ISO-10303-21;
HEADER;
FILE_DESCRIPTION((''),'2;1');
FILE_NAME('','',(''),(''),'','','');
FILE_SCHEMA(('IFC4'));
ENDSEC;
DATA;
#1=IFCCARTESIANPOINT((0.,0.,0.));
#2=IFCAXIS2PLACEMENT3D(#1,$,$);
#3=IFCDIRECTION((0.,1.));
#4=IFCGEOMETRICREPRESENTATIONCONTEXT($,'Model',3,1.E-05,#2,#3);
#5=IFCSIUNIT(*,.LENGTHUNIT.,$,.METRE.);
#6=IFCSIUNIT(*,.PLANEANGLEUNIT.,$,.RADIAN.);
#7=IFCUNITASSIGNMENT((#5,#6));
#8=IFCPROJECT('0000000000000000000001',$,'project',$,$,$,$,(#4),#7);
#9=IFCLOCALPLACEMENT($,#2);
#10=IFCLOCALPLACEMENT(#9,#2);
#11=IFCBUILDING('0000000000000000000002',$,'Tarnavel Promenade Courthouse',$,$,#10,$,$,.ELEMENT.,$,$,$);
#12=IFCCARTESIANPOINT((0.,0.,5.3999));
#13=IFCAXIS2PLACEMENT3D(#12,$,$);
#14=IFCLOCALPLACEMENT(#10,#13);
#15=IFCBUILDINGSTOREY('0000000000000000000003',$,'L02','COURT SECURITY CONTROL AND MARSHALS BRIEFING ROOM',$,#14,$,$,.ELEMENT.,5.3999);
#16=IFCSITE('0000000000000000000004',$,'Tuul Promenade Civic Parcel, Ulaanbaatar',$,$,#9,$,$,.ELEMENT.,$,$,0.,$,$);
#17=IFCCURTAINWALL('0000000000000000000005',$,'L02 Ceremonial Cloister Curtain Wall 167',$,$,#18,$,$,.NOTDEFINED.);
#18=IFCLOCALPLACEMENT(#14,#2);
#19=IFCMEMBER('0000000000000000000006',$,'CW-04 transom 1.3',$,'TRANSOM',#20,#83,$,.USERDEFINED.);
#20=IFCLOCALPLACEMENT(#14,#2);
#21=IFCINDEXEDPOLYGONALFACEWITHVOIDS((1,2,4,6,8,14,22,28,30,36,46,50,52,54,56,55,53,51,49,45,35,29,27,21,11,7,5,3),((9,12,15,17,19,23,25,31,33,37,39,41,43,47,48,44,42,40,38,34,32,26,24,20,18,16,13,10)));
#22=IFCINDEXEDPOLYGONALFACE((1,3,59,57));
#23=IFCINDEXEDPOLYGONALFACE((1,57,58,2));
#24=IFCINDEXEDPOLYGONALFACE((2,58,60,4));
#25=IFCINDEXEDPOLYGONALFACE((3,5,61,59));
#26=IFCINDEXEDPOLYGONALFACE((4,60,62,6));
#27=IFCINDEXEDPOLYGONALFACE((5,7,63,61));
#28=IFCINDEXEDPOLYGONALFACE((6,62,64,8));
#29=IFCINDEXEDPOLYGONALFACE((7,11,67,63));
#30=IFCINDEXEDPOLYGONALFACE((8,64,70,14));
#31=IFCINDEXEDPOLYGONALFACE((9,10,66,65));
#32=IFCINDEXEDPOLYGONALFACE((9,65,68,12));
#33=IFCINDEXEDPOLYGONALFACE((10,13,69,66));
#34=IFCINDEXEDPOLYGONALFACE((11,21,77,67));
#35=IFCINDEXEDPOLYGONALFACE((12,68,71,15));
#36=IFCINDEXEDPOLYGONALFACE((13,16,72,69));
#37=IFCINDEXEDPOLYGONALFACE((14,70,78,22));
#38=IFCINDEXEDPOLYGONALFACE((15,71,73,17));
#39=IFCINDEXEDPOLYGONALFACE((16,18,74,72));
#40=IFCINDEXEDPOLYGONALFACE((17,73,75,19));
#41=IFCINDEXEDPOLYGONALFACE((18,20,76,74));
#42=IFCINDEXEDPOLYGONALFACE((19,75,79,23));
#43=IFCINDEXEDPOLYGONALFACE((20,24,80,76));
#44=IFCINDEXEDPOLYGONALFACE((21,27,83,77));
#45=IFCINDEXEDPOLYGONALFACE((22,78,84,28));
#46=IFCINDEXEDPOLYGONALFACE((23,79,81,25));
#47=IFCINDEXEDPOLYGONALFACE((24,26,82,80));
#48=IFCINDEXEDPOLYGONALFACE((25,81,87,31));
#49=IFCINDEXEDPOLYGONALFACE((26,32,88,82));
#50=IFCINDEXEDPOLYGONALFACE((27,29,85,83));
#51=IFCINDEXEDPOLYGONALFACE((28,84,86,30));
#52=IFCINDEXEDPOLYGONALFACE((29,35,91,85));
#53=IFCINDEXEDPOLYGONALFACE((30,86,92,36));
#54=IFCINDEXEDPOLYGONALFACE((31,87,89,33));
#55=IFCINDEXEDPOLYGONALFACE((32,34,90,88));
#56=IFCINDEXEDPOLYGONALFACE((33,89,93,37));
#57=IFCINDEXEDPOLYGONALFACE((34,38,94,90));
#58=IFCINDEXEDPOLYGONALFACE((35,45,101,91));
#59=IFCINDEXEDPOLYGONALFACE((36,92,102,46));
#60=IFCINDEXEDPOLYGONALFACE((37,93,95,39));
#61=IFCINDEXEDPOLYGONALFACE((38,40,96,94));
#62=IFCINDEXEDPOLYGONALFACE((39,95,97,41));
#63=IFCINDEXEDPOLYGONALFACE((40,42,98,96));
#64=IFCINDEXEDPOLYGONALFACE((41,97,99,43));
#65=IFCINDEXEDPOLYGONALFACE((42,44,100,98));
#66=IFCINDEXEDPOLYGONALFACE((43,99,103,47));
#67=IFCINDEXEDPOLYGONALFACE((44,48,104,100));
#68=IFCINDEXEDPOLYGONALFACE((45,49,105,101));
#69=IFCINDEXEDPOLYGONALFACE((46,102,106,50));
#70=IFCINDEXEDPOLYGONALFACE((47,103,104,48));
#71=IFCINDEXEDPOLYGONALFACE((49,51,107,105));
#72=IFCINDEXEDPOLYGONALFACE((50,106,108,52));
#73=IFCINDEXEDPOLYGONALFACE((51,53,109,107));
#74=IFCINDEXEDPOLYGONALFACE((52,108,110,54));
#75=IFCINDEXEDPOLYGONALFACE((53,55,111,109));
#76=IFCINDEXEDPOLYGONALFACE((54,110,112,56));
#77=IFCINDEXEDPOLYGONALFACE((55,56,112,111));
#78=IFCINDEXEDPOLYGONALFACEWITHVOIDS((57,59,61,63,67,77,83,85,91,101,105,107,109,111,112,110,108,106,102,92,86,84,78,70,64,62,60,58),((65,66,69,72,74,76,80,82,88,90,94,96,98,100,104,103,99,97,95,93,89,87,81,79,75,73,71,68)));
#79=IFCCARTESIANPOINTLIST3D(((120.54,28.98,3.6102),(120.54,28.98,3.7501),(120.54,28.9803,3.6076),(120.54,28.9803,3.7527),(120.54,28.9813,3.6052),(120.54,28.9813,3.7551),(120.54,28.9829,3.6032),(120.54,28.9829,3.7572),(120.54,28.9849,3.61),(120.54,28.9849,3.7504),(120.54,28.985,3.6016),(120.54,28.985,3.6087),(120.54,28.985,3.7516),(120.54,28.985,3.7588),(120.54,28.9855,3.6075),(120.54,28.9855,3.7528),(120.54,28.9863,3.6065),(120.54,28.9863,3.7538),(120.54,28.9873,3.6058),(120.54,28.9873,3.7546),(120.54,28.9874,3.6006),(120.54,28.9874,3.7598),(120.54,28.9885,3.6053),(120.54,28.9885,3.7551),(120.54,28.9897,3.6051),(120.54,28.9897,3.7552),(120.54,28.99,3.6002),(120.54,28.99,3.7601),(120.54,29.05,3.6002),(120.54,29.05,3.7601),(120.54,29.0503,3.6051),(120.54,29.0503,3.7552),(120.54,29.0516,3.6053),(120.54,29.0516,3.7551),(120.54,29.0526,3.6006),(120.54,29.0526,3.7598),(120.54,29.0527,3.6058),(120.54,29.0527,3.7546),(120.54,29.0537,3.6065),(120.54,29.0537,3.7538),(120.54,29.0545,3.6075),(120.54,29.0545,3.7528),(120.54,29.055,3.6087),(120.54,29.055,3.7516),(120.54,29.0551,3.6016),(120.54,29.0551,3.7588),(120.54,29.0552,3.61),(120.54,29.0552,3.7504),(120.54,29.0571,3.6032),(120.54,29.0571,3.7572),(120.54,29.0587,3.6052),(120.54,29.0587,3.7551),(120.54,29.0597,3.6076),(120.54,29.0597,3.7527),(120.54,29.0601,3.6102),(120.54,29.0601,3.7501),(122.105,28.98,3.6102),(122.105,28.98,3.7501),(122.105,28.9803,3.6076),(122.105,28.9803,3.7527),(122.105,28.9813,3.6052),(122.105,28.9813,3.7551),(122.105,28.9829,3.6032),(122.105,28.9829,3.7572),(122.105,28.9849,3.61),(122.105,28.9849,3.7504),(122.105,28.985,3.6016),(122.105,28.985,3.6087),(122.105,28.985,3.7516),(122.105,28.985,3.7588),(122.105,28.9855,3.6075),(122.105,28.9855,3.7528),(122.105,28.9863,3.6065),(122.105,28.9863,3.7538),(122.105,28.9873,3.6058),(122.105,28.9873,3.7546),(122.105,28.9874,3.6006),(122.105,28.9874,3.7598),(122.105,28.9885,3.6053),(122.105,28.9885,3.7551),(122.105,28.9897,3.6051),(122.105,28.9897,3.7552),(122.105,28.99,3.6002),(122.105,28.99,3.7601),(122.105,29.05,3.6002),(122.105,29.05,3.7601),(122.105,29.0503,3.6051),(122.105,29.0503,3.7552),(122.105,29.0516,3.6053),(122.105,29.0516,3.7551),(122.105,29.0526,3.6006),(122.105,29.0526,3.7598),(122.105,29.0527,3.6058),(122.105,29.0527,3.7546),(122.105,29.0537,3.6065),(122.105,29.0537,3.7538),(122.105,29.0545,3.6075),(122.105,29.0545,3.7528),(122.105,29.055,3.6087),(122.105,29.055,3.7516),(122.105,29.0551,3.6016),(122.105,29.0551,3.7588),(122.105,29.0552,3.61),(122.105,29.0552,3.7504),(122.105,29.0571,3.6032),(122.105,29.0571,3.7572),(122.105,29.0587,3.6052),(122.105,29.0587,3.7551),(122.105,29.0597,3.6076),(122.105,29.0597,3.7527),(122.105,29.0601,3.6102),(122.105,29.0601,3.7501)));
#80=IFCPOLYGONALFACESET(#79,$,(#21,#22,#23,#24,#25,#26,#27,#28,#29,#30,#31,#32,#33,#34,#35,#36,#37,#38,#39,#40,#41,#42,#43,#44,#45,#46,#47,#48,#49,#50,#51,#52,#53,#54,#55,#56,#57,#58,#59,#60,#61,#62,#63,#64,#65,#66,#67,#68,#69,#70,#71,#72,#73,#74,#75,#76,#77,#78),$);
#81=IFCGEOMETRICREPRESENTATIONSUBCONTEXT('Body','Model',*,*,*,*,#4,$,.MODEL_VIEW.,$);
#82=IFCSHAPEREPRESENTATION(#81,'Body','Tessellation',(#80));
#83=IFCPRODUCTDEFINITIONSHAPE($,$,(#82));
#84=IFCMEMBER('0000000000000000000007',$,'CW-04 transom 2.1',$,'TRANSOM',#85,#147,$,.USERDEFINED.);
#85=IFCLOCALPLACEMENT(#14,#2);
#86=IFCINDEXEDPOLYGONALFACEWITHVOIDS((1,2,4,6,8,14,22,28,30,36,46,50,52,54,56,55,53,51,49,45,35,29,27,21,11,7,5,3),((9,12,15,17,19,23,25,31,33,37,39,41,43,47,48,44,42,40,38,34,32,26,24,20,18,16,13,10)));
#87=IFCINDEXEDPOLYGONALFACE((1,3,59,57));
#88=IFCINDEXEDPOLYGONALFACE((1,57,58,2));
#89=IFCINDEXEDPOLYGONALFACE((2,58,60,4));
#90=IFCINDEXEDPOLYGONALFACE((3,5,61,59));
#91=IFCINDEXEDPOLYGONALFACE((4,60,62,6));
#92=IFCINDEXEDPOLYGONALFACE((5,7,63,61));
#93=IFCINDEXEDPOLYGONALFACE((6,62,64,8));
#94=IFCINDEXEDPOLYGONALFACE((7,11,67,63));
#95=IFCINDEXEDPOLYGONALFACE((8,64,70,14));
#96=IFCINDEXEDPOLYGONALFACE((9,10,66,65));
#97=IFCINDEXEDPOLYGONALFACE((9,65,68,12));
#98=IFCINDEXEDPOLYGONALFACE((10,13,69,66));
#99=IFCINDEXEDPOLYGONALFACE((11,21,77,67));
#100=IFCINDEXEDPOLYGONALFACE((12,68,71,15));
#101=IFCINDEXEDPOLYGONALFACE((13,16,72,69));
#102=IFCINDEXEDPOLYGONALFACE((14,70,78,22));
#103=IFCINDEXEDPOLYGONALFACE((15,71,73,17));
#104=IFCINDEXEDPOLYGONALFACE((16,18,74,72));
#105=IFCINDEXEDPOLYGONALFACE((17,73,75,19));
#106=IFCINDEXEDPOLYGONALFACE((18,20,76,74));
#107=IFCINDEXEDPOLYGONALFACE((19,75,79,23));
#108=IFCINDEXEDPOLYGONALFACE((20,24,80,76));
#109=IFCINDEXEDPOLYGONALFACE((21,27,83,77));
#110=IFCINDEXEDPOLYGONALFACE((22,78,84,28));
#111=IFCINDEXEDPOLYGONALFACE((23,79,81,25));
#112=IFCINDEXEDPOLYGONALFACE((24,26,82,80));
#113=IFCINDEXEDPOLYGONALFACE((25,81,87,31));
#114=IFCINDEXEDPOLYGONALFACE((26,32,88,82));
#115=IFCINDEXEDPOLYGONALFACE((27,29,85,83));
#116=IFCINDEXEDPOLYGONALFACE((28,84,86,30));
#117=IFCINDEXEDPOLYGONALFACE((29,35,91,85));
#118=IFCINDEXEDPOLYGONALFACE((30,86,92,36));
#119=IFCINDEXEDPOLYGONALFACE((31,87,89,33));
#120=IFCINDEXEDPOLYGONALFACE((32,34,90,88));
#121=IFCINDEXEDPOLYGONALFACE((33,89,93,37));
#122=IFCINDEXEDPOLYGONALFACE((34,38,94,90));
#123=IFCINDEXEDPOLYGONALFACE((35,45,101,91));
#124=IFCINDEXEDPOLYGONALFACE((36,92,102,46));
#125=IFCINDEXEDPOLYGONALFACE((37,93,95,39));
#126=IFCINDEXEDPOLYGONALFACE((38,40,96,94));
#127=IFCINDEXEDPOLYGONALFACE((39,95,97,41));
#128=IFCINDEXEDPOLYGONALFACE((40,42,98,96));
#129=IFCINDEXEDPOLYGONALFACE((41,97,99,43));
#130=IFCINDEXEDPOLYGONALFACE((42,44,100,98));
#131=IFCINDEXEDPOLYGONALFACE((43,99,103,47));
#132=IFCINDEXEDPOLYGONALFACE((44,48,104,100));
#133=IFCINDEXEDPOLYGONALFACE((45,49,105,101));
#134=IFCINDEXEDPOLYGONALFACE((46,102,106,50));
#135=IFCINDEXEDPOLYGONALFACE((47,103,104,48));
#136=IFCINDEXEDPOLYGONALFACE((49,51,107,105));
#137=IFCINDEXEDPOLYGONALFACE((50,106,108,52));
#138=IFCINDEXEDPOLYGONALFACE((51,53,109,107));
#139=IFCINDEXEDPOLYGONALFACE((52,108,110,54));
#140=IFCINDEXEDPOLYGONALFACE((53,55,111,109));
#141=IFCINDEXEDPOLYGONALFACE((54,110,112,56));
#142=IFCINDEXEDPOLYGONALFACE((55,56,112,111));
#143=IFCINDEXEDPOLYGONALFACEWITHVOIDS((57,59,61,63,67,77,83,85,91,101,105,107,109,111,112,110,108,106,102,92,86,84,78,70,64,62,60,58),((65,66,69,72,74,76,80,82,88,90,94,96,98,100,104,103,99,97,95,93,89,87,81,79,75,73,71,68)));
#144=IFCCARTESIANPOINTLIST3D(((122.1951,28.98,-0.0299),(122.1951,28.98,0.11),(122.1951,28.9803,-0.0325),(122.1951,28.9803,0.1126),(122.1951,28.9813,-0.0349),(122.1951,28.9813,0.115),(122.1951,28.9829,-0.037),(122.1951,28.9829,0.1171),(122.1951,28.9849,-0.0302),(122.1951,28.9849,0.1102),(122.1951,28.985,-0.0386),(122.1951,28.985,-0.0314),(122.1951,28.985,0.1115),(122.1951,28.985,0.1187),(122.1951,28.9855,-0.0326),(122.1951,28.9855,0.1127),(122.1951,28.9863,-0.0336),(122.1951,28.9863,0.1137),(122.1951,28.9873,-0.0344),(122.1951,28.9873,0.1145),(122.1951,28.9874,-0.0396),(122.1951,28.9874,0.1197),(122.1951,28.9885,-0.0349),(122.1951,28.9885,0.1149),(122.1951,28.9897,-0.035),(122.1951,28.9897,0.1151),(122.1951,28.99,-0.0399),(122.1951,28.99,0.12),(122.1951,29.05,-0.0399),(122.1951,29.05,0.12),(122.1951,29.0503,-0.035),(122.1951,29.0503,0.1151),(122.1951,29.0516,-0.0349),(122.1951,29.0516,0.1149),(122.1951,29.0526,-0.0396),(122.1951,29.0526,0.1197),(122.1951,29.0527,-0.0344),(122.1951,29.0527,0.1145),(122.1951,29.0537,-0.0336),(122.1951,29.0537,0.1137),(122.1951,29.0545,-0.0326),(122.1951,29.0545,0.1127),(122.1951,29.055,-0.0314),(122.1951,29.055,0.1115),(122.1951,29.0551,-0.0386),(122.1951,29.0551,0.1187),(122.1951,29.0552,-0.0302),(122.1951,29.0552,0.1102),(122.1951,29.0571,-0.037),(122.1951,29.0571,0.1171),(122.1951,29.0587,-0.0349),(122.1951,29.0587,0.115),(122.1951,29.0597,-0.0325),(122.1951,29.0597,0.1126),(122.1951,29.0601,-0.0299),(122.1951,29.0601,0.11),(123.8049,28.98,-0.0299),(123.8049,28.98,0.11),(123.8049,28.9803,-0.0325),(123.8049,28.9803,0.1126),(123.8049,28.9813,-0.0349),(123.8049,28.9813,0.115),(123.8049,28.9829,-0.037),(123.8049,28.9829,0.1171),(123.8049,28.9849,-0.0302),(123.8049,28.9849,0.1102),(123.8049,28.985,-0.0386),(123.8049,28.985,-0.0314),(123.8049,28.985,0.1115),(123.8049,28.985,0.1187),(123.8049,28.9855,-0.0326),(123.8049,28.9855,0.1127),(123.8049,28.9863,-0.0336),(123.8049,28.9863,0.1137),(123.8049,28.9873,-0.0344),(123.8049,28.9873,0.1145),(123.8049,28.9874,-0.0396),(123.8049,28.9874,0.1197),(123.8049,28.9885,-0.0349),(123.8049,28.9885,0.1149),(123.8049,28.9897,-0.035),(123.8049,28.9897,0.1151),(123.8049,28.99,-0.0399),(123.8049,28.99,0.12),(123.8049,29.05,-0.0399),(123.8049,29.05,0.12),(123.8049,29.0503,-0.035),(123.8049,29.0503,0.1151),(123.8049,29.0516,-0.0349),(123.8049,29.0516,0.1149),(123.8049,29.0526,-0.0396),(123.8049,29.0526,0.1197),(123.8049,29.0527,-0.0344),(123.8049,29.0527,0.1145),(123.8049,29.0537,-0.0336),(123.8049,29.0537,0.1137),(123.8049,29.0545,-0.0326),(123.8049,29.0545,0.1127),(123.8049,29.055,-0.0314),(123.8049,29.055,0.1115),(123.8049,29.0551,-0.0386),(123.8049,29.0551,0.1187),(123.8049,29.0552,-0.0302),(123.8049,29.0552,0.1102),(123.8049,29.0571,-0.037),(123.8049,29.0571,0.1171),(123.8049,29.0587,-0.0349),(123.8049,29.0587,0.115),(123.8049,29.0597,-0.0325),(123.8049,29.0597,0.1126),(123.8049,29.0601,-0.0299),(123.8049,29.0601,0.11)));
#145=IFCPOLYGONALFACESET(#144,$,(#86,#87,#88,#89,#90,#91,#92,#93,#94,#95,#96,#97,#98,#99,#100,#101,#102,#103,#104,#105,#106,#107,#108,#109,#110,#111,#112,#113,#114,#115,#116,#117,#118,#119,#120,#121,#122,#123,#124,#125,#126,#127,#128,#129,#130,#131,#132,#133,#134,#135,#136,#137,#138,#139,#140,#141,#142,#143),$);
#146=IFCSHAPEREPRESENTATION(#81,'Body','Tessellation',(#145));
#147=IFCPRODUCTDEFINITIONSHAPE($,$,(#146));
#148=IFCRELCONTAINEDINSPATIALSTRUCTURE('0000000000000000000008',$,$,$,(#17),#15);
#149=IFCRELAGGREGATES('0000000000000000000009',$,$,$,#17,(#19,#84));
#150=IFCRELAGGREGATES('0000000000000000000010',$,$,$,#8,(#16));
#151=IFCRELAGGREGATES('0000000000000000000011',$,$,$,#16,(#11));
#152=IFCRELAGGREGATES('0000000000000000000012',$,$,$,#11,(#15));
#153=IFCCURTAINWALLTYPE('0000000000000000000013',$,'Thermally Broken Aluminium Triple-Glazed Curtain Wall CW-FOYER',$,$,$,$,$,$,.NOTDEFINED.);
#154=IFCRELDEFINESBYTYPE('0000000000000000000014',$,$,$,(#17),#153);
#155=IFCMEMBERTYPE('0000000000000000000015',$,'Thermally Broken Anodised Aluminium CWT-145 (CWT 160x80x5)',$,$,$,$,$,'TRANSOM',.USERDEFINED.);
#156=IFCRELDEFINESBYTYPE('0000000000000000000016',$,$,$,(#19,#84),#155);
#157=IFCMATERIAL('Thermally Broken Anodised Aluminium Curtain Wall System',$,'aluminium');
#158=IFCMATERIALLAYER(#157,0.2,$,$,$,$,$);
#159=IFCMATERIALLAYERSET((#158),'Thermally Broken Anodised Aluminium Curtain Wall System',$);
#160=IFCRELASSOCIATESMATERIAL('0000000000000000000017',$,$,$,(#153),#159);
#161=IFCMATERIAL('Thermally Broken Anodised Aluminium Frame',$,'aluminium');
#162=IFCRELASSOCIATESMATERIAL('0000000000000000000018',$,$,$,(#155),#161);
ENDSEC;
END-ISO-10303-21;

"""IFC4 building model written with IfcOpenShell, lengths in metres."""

from ifc_helpers import new_model, si_unit, direction, frame, origin, origin_2d, place, context, subcontext, project, spatial, hollow_rectangle, extrude, material, layer, layer_set, material_profile, profile_set, type_object, element, aggregate, save


model = new_model("IFC4")

# Units and contexts
model_context = context("Model", 3, precision=1e-05, world=origin(), true_north=direction((0.0, 1.0)))
body_context = subcontext(model_context, "Body", "Model", "MODEL_VIEW")
ifc_project = project(units=[si_unit("LENGTHUNIT", "METRE"), si_unit("PLANEANGLEUNIT", "RADIAN")], contexts=[model_context])

# Site, building, storey
site_placement = place(None, origin())
site = spatial("IfcSite", under=ifc_project, at=site_placement, Name="Tuul Promenade Civic Parcel, Ulaanbaatar", CompositionType="ELEMENT", RefElevation=0.0)
building_placement = place(site_placement, origin())
building = spatial("IfcBuilding", under=site, at=building_placement, Name="Tarnavel Promenade Courthouse", CompositionType="ELEMENT")
storey_placement = place(building_placement, frame((0.0, 0.0, 5.3999)))
storey = spatial("IfcBuildingStorey", under=building, at=storey_placement, Name="L02", Description="COURT SECURITY CONTROL AND MARSHALS BRIEFING ROOM", CompositionType="ELEMENT", Elevation=5.3999)

# Curtain wall
ifc_material_1 = material(Name="Thermally Broken Anodised Aluminium Curtain Wall System", Category="aluminium")
ifc_layer_1 = layer(ifc_material_1, 0.2)
ifc_layer_set_1 = layer_set([ifc_layer_1], Name="Thermally Broken Anodised Aluminium Curtain Wall System")
curtain_wall_type = type_object("IfcCurtainWallType", Name="Thermally Broken Aluminium Triple-Glazed Curtain Wall CW-FOYER", PredefinedType="NOTDEFINED", material=ifc_layer_set_1)
curtain_wall_1_placement = place(storey_placement, origin())
curtain_wall_1 = element("IfcCurtainWall", 1, at=curtain_wall_1_placement, inside=storey, type_object=curtain_wall_type, Name="L02 Ceremonial Cloister Curtain Wall 167", PredefinedType="NOTDEFINED")
ifc_material_2 = material(Name="Thermally Broken Anodised Aluminium Frame", Category="aluminium")

# Members
ifc_material_profile_1 = material_profile(ifc_material_2, hollow_rectangle(XDim=0.0801, YDim=0.1599, WallThickness=0.0049, InnerFilletRadius=0.0049, OuterFilletRadius=0.01, at=origin_2d()), Name="CWT 160x80x5")
ifc_profile_set_1 = profile_set([ifc_material_profile_1], Name="Thermally Broken Anodised Aluminium Frame")
member_type_1 = type_object("IfcMemberType", Name="Thermally Broken Anodised Aluminium CWT-145 (CWT 160x80x5)", ElementType="TRANSOM", PredefinedType="USERDEFINED", material=ifc_profile_set_1)
member_1_placement = place(storey_placement, frame((120.54, 29.02, 3.6802), z_axis=(1.0, 0.0, 0.0), x_axis=(0.0, 1.0, 0.0)))
member_1 = element("IfcMember", 2, at=member_1_placement, type_object=member_type_1, Name="CW-04 transom 1.3", ObjectType="TRANSOM", PredefinedType="USERDEFINED", context=body_context, shape_type="SweptSolid", body=[
    extrude(hollow_rectangle(XDim=0.0801, YDim=0.1599, WallThickness=0.0049, InnerFilletRadius=0.0049, OuterFilletRadius=0.01, at=origin_2d()), origin(), (0.0, 0.0, 1.0), 1.5649),
])
member_2_placement = place(storey_placement, frame((122.1951, 29.02, 0.04), z_axis=(1.0, 0.0, 0.0), x_axis=(0.0, 1.0, 0.0)))
member_2 = element("IfcMember", 3, at=member_2_placement, type_object=member_type_1, Name="CW-04 transom 2.1", ObjectType="TRANSOM", PredefinedType="USERDEFINED", context=body_context, shape_type="SweptSolid", body=[
    extrude(hollow_rectangle(XDim=0.0801, YDim=0.1599, WallThickness=0.0049, InnerFilletRadius=0.0049, OuterFilletRadius=0.01, at=origin_2d()), origin(), (0.0, 0.0, 1.0), 1.6099),
])

aggregate(curtain_wall_1, [member_1, member_2])

save(model, "model.ifc")
